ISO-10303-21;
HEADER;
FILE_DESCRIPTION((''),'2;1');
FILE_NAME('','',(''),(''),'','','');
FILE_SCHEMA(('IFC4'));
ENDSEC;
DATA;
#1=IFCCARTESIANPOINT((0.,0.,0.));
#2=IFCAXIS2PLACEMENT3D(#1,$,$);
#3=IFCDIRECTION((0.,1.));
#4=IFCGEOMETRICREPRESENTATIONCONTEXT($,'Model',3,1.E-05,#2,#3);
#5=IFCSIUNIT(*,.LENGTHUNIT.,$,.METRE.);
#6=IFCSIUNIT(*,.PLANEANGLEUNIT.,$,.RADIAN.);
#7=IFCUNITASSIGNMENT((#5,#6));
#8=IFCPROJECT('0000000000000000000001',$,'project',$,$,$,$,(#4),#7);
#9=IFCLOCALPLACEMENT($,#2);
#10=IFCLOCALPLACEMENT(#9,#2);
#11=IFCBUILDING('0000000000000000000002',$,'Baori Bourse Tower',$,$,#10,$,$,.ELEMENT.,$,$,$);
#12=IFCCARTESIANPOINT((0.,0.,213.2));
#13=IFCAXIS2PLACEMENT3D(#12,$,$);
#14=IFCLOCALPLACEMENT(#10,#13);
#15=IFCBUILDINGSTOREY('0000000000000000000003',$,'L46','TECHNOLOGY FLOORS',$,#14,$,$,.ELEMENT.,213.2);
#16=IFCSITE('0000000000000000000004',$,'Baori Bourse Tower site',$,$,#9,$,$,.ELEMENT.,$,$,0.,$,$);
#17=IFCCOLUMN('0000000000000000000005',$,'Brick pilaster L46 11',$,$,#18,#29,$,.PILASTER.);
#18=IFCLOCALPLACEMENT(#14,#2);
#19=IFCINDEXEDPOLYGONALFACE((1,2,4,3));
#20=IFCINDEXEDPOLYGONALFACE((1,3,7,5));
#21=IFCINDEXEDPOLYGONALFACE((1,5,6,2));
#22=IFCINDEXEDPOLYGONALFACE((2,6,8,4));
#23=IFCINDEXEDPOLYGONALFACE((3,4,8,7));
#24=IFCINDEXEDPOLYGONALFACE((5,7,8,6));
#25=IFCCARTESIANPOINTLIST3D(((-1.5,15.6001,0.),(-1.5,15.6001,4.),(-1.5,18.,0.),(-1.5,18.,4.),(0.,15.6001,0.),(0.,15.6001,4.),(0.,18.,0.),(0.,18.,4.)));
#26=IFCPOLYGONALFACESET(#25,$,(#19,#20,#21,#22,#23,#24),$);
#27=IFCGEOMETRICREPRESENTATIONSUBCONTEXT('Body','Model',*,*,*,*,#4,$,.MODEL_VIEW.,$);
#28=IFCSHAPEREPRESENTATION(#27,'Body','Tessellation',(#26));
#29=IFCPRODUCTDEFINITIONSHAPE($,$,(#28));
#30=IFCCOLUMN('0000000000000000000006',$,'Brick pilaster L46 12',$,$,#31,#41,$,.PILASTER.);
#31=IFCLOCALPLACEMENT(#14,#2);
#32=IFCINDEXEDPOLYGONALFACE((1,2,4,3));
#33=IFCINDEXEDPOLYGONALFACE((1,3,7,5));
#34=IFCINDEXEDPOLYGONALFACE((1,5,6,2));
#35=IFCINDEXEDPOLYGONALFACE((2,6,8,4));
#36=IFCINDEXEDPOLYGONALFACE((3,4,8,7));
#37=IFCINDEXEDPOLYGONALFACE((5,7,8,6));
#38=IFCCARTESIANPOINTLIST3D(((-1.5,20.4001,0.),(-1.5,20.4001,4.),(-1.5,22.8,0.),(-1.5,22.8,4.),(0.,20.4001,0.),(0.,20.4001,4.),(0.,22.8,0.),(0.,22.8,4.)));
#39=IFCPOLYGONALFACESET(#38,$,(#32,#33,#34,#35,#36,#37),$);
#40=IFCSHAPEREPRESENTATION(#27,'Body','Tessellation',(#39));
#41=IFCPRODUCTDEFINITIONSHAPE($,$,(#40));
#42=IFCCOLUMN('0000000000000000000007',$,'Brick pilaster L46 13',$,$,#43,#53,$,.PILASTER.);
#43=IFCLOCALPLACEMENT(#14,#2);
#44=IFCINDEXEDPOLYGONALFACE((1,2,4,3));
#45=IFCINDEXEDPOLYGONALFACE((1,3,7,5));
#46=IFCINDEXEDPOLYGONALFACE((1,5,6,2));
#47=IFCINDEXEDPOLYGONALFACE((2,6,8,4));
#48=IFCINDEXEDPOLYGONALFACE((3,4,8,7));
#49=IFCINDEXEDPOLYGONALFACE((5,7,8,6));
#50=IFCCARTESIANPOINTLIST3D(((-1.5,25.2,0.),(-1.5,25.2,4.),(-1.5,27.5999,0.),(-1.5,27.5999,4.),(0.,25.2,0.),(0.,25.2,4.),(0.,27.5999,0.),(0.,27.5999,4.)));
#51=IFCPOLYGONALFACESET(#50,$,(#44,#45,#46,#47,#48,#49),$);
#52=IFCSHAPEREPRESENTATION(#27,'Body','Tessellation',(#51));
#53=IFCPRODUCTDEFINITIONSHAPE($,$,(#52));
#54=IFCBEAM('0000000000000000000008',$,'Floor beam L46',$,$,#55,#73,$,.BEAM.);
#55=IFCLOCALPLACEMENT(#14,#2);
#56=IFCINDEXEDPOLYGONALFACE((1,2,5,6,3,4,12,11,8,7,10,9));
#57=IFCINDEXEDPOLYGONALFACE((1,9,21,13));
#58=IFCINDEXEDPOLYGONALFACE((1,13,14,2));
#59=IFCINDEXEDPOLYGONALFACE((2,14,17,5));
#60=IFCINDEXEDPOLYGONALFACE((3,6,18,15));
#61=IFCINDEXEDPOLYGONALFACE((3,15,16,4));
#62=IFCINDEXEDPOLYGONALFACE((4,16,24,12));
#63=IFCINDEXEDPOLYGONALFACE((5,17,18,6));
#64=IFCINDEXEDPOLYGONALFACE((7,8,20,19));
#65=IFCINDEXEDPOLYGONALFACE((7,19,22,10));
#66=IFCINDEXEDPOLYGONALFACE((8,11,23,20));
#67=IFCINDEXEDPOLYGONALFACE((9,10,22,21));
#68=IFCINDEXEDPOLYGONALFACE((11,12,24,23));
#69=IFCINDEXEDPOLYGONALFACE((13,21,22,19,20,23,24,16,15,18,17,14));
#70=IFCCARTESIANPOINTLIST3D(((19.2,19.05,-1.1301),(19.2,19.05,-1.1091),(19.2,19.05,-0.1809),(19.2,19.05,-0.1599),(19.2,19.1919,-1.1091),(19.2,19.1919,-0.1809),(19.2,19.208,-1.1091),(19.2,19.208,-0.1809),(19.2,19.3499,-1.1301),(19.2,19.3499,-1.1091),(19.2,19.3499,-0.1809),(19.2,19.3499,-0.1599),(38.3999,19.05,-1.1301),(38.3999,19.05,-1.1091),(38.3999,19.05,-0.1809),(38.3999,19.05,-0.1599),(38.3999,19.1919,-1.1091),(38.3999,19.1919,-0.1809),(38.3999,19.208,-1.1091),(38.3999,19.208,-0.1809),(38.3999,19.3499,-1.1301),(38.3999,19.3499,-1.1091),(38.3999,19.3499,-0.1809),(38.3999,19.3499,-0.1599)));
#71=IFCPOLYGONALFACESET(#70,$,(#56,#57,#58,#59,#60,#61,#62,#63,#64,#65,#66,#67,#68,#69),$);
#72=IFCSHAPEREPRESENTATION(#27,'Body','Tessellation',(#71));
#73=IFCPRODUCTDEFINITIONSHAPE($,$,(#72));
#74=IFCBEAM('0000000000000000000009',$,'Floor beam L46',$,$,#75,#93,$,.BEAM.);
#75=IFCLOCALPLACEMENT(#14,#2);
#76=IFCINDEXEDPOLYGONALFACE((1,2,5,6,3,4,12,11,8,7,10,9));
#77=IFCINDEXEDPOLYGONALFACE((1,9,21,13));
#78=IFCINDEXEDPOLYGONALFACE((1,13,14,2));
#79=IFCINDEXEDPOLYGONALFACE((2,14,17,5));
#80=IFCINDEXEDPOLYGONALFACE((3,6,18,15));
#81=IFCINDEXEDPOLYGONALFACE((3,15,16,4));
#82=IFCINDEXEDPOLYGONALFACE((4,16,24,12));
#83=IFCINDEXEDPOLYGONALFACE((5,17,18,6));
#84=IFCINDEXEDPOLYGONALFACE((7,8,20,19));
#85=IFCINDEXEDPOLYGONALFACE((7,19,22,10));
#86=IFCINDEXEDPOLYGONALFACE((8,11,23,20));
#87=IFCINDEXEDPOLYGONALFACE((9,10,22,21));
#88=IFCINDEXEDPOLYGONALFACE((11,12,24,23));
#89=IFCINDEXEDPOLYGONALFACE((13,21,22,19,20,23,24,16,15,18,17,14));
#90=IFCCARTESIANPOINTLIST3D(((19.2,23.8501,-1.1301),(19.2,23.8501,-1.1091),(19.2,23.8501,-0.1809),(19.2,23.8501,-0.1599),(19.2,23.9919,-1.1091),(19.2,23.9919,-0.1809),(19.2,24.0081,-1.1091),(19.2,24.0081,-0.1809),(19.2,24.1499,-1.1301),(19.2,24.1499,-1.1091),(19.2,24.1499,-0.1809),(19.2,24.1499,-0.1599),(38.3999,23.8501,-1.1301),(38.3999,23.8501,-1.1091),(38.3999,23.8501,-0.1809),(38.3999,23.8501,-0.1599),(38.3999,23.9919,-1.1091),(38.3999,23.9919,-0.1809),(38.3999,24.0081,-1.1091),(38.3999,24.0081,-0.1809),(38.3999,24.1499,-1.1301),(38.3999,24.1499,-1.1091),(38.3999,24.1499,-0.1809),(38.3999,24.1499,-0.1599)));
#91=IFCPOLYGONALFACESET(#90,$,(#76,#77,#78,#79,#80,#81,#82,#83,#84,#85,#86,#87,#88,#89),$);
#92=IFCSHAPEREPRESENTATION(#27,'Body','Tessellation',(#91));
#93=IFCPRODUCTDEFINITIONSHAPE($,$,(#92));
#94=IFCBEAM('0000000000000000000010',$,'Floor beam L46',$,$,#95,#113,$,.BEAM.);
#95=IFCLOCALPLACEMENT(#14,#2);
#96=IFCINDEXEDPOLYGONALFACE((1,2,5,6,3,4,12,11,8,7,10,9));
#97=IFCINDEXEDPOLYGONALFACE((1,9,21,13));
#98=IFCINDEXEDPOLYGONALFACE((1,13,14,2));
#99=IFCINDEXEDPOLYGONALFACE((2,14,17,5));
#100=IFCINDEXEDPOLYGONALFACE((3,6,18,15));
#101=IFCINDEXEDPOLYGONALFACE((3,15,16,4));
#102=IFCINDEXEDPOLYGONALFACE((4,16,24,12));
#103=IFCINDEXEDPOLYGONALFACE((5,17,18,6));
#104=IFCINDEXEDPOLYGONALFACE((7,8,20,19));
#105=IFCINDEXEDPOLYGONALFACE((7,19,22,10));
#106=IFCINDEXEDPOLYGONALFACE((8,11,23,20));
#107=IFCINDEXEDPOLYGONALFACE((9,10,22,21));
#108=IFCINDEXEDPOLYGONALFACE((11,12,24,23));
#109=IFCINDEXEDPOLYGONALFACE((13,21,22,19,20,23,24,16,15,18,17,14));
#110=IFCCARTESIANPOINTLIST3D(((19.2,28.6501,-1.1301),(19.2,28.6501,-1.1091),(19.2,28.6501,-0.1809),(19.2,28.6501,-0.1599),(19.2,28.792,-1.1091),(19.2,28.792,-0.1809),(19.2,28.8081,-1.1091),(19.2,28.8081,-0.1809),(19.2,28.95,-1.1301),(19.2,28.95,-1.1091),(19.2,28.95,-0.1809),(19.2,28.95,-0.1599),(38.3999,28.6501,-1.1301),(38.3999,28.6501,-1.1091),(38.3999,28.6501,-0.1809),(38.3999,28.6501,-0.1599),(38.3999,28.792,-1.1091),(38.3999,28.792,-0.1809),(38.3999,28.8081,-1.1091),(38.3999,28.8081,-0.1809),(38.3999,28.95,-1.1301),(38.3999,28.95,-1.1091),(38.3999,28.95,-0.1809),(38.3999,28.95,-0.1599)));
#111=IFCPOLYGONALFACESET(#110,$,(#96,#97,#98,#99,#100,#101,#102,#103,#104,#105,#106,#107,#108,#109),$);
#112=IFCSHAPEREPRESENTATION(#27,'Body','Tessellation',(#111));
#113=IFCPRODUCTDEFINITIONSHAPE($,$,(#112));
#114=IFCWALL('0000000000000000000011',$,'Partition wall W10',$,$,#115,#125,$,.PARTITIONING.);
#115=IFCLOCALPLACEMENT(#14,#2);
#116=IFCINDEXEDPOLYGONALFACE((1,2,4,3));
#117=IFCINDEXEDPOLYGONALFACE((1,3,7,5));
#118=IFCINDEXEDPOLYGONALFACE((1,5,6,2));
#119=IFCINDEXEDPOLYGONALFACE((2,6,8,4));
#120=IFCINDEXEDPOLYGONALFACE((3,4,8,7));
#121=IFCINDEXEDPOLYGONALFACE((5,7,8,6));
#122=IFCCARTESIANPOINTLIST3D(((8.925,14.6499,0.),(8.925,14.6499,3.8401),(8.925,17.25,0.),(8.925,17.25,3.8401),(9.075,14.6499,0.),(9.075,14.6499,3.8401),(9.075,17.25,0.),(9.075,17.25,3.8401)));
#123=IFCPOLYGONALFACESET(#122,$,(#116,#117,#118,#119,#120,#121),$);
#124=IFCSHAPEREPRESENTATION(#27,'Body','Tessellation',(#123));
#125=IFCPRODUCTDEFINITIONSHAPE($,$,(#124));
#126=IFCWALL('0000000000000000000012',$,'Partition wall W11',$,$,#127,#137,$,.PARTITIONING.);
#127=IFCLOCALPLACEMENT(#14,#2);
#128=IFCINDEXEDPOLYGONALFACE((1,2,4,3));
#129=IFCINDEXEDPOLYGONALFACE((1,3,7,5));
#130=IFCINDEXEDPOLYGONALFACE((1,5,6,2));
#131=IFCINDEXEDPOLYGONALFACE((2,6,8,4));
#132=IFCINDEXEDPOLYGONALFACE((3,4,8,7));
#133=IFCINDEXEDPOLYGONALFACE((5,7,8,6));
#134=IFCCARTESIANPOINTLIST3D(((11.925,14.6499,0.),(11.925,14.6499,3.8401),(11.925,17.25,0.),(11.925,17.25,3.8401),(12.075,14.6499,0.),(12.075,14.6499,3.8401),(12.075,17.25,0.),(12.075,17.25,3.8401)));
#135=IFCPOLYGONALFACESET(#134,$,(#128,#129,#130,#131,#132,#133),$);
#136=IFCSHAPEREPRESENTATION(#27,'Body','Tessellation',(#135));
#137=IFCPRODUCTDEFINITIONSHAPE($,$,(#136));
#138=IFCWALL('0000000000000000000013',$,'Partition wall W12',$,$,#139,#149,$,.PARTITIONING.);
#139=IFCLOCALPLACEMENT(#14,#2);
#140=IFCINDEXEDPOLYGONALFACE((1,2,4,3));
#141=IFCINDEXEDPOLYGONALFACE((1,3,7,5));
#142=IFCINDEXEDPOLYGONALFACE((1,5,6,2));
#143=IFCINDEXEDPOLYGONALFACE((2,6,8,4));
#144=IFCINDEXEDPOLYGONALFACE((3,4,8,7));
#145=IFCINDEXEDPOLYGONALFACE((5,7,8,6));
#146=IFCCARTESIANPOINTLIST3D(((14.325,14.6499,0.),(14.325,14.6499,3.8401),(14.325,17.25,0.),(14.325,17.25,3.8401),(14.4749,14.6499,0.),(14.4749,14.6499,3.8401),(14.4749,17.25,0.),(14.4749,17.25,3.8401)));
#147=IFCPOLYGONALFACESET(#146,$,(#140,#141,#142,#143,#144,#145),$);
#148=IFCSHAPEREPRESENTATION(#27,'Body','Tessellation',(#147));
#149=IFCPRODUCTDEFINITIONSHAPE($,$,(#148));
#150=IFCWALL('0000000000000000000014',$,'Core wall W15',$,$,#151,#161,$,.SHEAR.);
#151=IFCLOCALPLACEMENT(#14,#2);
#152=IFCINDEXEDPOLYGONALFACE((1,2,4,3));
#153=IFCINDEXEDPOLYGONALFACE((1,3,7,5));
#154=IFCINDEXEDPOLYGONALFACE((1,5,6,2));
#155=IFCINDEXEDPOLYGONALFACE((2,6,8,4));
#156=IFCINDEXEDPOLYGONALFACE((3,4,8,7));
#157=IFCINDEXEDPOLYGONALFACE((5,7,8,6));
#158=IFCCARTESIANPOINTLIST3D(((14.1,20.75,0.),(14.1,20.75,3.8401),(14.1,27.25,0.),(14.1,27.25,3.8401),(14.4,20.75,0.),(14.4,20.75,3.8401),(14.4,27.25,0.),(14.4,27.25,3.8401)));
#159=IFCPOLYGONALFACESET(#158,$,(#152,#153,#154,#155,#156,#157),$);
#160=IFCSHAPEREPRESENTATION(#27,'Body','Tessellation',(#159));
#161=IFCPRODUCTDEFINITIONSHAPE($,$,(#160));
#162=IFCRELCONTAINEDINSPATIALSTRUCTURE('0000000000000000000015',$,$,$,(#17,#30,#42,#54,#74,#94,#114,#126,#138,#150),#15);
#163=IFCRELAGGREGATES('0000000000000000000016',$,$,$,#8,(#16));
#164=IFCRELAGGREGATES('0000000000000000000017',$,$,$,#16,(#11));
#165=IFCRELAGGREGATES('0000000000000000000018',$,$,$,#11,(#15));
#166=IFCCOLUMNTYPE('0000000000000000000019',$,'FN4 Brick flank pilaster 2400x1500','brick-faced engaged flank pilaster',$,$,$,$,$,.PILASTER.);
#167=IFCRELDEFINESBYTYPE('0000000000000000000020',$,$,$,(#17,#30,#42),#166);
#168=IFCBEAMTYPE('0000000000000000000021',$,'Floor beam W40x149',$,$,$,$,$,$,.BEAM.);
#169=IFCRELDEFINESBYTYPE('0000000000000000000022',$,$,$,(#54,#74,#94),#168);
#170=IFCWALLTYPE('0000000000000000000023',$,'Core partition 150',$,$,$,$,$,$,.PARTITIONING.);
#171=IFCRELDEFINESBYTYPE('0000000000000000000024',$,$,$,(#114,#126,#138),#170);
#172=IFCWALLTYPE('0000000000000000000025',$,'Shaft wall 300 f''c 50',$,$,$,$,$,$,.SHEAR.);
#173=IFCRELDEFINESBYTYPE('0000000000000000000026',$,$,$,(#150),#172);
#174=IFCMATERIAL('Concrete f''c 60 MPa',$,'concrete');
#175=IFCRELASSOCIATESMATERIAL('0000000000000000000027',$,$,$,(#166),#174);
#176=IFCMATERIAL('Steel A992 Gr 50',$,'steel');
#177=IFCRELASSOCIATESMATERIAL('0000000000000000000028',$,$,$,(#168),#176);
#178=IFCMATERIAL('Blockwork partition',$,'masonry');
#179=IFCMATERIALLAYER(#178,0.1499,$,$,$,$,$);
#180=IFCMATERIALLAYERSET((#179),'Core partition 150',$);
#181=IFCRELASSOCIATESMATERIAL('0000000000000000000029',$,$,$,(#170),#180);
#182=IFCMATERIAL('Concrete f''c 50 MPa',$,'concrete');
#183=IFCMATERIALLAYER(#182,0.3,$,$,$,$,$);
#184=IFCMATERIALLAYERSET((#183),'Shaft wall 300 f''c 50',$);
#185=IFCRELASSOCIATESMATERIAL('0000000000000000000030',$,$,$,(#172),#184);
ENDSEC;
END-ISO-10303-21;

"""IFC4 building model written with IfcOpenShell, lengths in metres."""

from ifc_helpers import new_model, si_unit, direction, frame, frame_2d, origin, origin_2d, place, context, subcontext, project, spatial, rectangle, i_section, extrude, material, layer, layer_set, material_profile, profile_set, type_object, element, save


model = new_model("IFC4")

# Units and contexts
model_context = context("Model", 3, precision=1e-05, world=origin(), true_north=direction((0.0, 1.0)))
body_context = subcontext(model_context, "Body", "Model", "MODEL_VIEW")
ifc_project = project(units=[si_unit("LENGTHUNIT", "METRE"), si_unit("PLANEANGLEUNIT", "RADIAN")], contexts=[model_context])

# Site, building, storey
site_placement = place(None, origin())
site = spatial("IfcSite", under=ifc_project, at=site_placement, Name="Baori Bourse Tower site", CompositionType="ELEMENT", RefElevation=0.0)
building_placement = place(site_placement, origin())
building = spatial("IfcBuilding", under=site, at=building_placement, Name="Baori Bourse Tower", CompositionType="ELEMENT")
storey_placement = place(building_placement, frame((0.0, 0.0, 213.2)))
storey = spatial("IfcBuildingStorey", under=building, at=storey_placement, Name="L46", Description="TECHNOLOGY FLOORS", CompositionType="ELEMENT", Elevation=213.2)

# Columns
ifc_material_1 = material(Name="Concrete f'c 60 MPa", Category="concrete")
ifc_material_profile_1 = material_profile(ifc_material_1, rectangle(XDim=2.3999, YDim=1.5, at=origin_2d()), Name="RC 2400x1500")
ifc_profile_set_1 = profile_set([ifc_material_profile_1], Name="Concrete f'c 60 MPa")
column_type = type_object("IfcColumnType", Name="FN4 Brick flank pilaster 2400x1500", Description="brick-faced engaged flank pilaster", PredefinedType="PILASTER", material=ifc_profile_set_1)
for number, where, z_axis, x_axis, name in (
    (1, (-0.75, 16.8, 0.0), (0.0, 0.0, 1.0), (0.0, 1.0, 0.0), "Brick pilaster L46 11"),
    (2, (-0.75, 21.6001, 0.0), (0.0, 0.0, 1.0), (0.0, 1.0, 0.0), "Brick pilaster L46 12"),
    (3, (-0.75, 26.3999, 0.0), (0.0, 0.0, 1.0), (0.0, 1.0, 0.0), "Brick pilaster L46 13"),
):
    element("IfcColumn", number, at=place(storey_placement, frame(where, z_axis=z_axis, x_axis=x_axis)), inside=storey, type_object=column_type, Name=name, PredefinedType="PILASTER", context=body_context, shape_type="SweptSolid", body=[
        extrude(rectangle(XDim=2.3999, YDim=1.5, at=origin_2d()), origin(), (0.0, 0.0, 1.0), 4.0),
    ])

# Beams
ifc_material_2 = material(Name="Steel A992 Gr 50", Category="steel")
ifc_material_profile_2 = material_profile(ifc_material_2, i_section(OverallWidth=0.2998, OverallDepth=0.9702, WebThickness=0.0161, FlangeThickness=0.021, at=origin_2d()), Name="W40x149")
ifc_profile_set_2 = profile_set([ifc_material_profile_2], Name="Steel A992 Gr 50")
beam_type = type_object("IfcBeamType", Name="Floor beam W40x149", PredefinedType="BEAM", material=ifc_profile_set_2)
for number, where, z_axis, x_axis, name in (
    (4, (19.2, 19.2, -0.645), (1.0, 0.0, 0.0), (0.0, 1.0, 0.0), "Floor beam L46"),
    (5, (19.2, 24.0, -0.645), (1.0, 0.0, 0.0), (0.0, 1.0, 0.0), "Floor beam L46"),
    (6, (19.2, 28.8, -0.645), (1.0, 0.0, 0.0), (0.0, 1.0, 0.0), "Floor beam L46"),
):
    element("IfcBeam", number, at=place(storey_placement, frame(where, z_axis=z_axis, x_axis=x_axis)), inside=storey, type_object=beam_type, Name=name, PredefinedType="BEAM", context=body_context, shape_type="SweptSolid", body=[
        extrude(i_section(OverallWidth=0.2998, OverallDepth=0.9702, WebThickness=0.0161, FlangeThickness=0.021, at=origin_2d()), origin(), (0.0, 0.0, 1.0), 19.2),
    ])

# Walls
ifc_material_3 = material(Name="Blockwork partition", Category="masonry")
ifc_layer_1 = layer(ifc_material_3, 0.1499)
ifc_layer_set_1 = layer_set([ifc_layer_1], Name="Core partition 150")
wall_type_1 = type_object("IfcWallType", Name="Core partition 150", PredefinedType="PARTITIONING", material=ifc_layer_set_1)
for number, where, z_axis, x_axis, name in (
    (7, (9.0, 14.6499, 0.0), (0.0, 0.0, 1.0), (0.0, 1.0, 0.0), "Partition wall W10"),
    (8, (12.0, 14.6499, 0.0), (0.0, 0.0, 1.0), (0.0, 1.0, 0.0), "Partition wall W11"),
    (9, (14.3999, 14.6499, 0.0), (0.0, 0.0, 1.0), (0.0, 1.0, 0.0), "Partition wall W12"),
):
    element("IfcWall", number, at=place(storey_placement, frame(where, z_axis=z_axis, x_axis=x_axis)), inside=storey, type_object=wall_type_1, Name=name, PredefinedType="PARTITIONING", context=body_context, shape_type="SweptSolid", body=[
        extrude(rectangle(XDim=2.6001, YDim=0.1499, at=frame_2d((1.3, 0.0))), origin(), (0.0, 0.0, 1.0), 3.8401),
    ])
ifc_material_4 = material(Name="Concrete f'c 50 MPa", Category="concrete")
ifc_layer_2 = layer(ifc_material_4, 0.3)
ifc_layer_set_2 = layer_set([ifc_layer_2], Name="Shaft wall 300 f'c 50")
wall_type_2 = type_object("IfcWallType", Name="Shaft wall 300 f'c 50", PredefinedType="SHEAR", material=ifc_layer_set_2)
wall_1_placement = place(storey_placement, frame((14.25, 20.75, 0.0), z_axis=(0.0, 0.0, 1.0), x_axis=(0.0, 1.0, 0.0)))
element("IfcWall", 10, at=wall_1_placement, inside=storey, type_object=wall_type_2, Name="Core wall W15", PredefinedType="SHEAR", context=body_context, shape_type="SweptSolid", body=[
    extrude(rectangle(XDim=6.5, YDim=0.3, at=frame_2d((3.25, 0.0))), origin(), (0.0, 0.0, 1.0), 3.8401),
])

save(model, "model.ifc")
